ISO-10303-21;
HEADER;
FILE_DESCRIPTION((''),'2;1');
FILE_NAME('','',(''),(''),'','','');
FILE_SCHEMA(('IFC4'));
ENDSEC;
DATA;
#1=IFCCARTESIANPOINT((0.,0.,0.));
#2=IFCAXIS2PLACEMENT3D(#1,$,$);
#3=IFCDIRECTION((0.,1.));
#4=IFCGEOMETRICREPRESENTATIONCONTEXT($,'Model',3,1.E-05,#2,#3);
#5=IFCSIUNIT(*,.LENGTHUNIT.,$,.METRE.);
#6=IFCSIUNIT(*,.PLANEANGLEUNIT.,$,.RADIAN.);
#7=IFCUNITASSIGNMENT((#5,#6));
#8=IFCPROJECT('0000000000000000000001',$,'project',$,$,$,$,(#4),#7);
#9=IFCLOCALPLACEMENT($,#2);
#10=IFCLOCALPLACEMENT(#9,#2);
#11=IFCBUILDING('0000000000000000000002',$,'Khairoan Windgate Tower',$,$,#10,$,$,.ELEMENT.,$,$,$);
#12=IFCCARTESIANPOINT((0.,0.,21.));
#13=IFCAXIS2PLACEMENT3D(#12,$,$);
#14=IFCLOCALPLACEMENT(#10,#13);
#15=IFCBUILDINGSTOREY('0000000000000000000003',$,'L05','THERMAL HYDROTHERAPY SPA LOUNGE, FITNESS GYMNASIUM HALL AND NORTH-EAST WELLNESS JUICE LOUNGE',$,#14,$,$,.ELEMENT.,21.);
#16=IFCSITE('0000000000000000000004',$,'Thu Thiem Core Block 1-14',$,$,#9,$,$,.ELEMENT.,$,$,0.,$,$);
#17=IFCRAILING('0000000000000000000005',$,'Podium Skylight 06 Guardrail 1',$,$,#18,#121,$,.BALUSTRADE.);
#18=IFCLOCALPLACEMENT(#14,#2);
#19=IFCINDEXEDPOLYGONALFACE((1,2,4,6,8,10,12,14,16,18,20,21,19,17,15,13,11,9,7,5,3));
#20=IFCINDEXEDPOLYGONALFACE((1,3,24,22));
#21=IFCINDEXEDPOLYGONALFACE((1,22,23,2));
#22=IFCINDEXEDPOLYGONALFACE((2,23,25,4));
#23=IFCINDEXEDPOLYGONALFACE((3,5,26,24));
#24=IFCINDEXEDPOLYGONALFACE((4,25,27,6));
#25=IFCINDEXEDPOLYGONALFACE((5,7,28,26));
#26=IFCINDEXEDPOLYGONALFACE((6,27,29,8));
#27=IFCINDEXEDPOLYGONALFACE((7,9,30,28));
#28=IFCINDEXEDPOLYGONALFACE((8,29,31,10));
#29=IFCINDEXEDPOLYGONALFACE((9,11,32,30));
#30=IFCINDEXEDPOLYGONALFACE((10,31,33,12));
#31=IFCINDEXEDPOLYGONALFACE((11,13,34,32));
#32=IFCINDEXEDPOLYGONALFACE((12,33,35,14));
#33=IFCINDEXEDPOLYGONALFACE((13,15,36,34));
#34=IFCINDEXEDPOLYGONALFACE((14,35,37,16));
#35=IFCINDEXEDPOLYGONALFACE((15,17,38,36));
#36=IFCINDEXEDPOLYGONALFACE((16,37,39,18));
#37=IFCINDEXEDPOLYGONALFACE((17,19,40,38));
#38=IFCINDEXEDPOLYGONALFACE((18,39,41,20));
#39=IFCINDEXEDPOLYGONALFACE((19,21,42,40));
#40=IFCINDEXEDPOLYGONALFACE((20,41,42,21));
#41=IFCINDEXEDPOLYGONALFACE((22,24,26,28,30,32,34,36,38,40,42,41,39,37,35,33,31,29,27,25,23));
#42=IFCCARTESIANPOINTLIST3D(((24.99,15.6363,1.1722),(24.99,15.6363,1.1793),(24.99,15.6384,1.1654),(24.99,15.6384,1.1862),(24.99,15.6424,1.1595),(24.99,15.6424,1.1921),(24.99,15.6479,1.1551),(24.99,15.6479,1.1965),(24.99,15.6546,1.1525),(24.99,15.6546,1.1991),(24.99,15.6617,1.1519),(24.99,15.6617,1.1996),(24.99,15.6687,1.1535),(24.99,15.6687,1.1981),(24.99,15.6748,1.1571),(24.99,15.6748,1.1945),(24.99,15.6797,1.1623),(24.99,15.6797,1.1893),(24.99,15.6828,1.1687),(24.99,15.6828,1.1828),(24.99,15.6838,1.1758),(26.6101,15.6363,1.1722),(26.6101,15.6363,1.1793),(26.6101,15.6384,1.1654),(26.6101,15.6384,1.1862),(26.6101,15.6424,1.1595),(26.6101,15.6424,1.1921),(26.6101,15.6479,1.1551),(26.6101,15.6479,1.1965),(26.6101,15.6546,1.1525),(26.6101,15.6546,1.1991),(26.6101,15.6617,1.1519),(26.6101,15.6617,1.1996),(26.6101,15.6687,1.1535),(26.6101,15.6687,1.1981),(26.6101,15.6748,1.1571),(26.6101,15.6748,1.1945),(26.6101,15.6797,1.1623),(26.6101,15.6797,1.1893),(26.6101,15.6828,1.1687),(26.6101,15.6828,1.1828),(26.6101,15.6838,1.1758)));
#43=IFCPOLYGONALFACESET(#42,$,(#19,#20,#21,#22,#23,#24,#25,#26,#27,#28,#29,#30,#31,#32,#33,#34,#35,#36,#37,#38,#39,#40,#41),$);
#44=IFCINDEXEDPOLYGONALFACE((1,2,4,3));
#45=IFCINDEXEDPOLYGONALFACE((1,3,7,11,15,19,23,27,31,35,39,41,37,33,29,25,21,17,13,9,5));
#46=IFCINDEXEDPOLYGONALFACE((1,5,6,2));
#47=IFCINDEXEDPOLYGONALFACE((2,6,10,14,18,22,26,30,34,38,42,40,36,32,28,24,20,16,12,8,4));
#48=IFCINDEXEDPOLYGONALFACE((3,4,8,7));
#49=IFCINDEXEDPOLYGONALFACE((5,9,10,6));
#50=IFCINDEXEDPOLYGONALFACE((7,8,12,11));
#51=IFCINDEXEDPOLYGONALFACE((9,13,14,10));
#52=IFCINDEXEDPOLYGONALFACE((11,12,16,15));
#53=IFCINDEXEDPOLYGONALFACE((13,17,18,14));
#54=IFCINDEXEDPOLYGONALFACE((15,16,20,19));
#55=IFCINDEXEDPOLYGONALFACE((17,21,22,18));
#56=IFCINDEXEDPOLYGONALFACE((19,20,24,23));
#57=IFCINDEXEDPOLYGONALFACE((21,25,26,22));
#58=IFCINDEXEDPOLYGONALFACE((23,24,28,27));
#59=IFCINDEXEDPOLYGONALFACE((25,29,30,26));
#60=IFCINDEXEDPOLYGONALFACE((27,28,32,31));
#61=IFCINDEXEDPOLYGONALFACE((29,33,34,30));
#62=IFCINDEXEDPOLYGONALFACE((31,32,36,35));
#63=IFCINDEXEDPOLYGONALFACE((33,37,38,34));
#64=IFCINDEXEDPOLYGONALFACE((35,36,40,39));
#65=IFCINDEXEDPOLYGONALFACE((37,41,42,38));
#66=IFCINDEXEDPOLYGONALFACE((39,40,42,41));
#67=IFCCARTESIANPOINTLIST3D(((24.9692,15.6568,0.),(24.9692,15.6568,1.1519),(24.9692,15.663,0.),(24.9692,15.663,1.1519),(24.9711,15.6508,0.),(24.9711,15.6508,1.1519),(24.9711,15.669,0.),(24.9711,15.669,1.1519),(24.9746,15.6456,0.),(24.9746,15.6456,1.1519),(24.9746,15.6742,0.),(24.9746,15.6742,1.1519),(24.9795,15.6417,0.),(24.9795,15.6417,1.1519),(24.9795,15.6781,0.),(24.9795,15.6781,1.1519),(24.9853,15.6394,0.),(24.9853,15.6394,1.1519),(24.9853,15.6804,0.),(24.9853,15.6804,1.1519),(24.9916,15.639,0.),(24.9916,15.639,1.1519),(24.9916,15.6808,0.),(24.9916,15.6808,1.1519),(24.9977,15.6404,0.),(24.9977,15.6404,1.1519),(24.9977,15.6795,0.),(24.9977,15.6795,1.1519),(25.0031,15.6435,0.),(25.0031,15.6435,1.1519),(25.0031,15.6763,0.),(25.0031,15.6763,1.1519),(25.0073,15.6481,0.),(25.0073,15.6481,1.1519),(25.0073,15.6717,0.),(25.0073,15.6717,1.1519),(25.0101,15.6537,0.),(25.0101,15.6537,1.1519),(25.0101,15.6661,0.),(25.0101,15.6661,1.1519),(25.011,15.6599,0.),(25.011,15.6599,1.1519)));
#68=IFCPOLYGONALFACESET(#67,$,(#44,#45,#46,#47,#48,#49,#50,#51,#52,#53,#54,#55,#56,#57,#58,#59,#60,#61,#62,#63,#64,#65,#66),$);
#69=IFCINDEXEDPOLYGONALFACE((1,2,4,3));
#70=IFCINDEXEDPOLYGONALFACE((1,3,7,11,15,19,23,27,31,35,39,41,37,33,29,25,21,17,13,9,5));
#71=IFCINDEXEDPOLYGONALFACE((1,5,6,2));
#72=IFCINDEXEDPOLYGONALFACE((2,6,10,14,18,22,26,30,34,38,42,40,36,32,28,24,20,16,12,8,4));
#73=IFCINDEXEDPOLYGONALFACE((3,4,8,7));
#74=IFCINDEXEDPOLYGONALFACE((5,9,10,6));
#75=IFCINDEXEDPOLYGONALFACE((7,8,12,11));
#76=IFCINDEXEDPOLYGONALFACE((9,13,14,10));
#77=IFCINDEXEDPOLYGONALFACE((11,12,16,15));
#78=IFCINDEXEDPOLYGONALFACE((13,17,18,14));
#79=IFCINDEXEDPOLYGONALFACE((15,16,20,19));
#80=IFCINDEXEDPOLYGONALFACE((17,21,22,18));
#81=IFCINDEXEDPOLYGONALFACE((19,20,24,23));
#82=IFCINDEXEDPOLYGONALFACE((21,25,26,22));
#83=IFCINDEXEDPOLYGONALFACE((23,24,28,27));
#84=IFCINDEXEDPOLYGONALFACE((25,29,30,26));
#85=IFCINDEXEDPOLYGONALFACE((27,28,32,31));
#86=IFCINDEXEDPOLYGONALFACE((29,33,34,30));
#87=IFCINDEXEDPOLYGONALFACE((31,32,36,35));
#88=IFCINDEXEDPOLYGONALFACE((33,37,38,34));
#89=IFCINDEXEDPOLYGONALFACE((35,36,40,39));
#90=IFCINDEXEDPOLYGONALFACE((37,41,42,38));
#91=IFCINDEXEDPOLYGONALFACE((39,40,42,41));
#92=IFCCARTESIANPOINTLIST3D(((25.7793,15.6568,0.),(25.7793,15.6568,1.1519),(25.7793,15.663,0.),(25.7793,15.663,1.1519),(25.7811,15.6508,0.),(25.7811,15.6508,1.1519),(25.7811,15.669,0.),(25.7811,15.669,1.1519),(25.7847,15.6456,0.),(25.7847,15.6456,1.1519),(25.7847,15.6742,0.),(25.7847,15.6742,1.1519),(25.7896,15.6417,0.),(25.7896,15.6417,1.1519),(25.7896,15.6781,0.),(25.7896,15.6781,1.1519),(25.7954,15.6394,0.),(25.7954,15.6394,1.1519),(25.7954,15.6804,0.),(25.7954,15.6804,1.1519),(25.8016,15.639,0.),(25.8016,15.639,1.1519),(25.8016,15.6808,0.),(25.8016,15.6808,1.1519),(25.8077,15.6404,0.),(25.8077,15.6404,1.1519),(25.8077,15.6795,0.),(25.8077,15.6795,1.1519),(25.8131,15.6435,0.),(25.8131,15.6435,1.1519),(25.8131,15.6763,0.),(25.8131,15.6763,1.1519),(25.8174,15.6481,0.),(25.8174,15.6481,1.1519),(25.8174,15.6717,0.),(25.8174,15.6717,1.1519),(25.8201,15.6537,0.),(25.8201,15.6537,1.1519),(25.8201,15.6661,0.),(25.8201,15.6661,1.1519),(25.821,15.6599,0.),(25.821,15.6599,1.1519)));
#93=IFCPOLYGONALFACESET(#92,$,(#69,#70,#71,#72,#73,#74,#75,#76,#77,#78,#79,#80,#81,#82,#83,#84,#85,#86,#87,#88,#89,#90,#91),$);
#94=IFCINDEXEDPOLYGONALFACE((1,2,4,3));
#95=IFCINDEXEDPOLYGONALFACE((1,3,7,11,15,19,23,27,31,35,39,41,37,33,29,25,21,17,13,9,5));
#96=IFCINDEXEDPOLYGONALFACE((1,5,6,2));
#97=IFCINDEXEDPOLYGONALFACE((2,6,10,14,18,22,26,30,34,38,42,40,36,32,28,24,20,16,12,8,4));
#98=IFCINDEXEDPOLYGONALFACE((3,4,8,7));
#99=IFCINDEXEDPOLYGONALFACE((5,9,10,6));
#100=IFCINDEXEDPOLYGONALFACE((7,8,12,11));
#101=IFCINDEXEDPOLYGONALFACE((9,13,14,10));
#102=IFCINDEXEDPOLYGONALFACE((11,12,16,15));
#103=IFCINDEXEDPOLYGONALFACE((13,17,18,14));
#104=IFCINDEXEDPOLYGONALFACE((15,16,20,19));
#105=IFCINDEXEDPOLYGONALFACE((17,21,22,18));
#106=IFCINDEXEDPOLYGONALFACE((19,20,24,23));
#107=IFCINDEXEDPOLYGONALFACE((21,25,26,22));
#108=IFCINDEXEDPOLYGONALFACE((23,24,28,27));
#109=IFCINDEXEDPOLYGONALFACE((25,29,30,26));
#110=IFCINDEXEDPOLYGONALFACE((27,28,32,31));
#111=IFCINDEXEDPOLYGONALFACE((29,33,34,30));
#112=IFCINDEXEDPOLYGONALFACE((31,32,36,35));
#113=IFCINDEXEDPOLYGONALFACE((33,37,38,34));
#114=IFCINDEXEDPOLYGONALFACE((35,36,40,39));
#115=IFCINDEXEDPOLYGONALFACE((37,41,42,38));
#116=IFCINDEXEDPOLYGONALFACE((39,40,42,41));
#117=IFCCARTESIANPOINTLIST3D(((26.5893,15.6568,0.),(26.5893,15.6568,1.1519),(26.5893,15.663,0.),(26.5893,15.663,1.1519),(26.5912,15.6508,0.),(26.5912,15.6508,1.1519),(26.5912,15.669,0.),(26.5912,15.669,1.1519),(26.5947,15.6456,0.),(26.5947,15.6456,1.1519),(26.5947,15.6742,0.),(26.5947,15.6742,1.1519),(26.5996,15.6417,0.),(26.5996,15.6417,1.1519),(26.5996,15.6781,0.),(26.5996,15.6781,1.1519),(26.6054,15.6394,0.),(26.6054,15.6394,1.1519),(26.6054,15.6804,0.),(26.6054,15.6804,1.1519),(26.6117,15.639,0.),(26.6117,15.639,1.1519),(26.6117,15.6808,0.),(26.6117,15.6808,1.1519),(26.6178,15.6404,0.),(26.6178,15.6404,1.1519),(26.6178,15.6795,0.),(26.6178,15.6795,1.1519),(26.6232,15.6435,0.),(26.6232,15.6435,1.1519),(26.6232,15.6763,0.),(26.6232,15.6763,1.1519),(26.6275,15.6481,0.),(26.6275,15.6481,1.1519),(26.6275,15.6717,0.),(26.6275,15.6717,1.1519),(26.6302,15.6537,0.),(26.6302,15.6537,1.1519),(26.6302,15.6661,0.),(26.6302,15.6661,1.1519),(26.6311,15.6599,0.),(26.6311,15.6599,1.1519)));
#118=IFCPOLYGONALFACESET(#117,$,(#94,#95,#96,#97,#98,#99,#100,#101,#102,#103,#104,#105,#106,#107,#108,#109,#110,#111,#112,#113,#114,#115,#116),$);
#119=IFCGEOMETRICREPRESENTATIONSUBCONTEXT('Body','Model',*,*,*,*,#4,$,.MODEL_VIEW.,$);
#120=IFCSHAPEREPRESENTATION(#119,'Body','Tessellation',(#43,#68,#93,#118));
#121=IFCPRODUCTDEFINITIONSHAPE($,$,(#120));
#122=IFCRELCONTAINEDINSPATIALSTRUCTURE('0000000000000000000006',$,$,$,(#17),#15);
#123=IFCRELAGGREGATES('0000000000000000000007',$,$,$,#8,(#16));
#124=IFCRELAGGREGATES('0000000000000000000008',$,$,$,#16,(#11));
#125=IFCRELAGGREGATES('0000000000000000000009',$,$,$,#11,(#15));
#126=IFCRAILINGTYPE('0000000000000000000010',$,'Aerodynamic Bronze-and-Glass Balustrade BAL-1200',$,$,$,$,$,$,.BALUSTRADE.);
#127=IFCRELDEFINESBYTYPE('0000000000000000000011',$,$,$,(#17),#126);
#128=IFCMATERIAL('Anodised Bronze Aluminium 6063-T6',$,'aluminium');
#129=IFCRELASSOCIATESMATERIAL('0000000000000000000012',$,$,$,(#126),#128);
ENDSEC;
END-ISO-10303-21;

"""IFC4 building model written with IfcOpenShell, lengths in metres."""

from ifc_helpers import new_model, si_unit, direction, frame, origin, origin_2d, place, context, subcontext, project, spatial, circle, extrude, material, type_object, element, save


model = new_model("IFC4")

# Units and contexts
model_context = context("Model", 3, precision=1e-05, world=origin(), true_north=direction((0.0, 1.0)))
body_context = subcontext(model_context, "Body", "Model", "MODEL_VIEW")
ifc_project = project(units=[si_unit("LENGTHUNIT", "METRE"), si_unit("PLANEANGLEUNIT", "RADIAN")], contexts=[model_context])

# Site, building, storey
site_placement = place(None, origin())
site = spatial("IfcSite", under=ifc_project, at=site_placement, Name="Thu Thiem Core Block 1-14", CompositionType="ELEMENT", RefElevation=0.0)
building_placement = place(site_placement, origin())
building = spatial("IfcBuilding", under=site, at=building_placement, Name="Khairoan Windgate Tower", CompositionType="ELEMENT")
storey_placement = place(building_placement, frame((0.0, 0.0, 21.0)))
storey = spatial("IfcBuildingStorey", under=building, at=storey_placement, Name="L05", Description="THERMAL HYDROTHERAPY SPA LOUNGE, FITNESS GYMNASIUM HALL AND NORTH-EAST WELLNESS JUICE LOUNGE", CompositionType="ELEMENT", Elevation=21.0)

# Railing
ifc_material_1 = material(Name="Anodised Bronze Aluminium 6063-T6", Category="aluminium")
railing_type = type_object("IfcRailingType", Name="Aerodynamic Bronze-and-Glass Balustrade BAL-1200", PredefinedType="BALUSTRADE", material=ifc_material_1)
railing_1_placement = place(storey_placement, frame((24.99, 15.6599, 0.0)))
element("IfcRailing", 1, at=railing_1_placement, inside=storey, type_object=railing_type, Name="Podium Skylight 06 Guardrail 1", PredefinedType="BALUSTRADE", context=body_context, shape_type="SweptSolid", body=[
    extrude(circle(Radius=0.0239, at=origin_2d()), frame((0.0, 0.0, 1.1758), z_axis=(1.0, 0.0, 0.0), x_axis=(0.0, 1.0, 0.0)), (0.0, 0.0, 1.0), 1.6201),
    extrude(circle(Radius=0.021, at=origin_2d()), origin(), (0.0, 0.0, 1.0), 1.1519),
    extrude(circle(Radius=0.021, at=origin_2d()), frame((0.8101, 0.0, 0.0)), (0.0, 0.0, 1.0), 1.1519),
    extrude(circle(Radius=0.021, at=origin_2d()), frame((1.6201, 0.0, 0.0)), (0.0, 0.0, 1.0), 1.1519),
])

save(model, "model.ifc")
